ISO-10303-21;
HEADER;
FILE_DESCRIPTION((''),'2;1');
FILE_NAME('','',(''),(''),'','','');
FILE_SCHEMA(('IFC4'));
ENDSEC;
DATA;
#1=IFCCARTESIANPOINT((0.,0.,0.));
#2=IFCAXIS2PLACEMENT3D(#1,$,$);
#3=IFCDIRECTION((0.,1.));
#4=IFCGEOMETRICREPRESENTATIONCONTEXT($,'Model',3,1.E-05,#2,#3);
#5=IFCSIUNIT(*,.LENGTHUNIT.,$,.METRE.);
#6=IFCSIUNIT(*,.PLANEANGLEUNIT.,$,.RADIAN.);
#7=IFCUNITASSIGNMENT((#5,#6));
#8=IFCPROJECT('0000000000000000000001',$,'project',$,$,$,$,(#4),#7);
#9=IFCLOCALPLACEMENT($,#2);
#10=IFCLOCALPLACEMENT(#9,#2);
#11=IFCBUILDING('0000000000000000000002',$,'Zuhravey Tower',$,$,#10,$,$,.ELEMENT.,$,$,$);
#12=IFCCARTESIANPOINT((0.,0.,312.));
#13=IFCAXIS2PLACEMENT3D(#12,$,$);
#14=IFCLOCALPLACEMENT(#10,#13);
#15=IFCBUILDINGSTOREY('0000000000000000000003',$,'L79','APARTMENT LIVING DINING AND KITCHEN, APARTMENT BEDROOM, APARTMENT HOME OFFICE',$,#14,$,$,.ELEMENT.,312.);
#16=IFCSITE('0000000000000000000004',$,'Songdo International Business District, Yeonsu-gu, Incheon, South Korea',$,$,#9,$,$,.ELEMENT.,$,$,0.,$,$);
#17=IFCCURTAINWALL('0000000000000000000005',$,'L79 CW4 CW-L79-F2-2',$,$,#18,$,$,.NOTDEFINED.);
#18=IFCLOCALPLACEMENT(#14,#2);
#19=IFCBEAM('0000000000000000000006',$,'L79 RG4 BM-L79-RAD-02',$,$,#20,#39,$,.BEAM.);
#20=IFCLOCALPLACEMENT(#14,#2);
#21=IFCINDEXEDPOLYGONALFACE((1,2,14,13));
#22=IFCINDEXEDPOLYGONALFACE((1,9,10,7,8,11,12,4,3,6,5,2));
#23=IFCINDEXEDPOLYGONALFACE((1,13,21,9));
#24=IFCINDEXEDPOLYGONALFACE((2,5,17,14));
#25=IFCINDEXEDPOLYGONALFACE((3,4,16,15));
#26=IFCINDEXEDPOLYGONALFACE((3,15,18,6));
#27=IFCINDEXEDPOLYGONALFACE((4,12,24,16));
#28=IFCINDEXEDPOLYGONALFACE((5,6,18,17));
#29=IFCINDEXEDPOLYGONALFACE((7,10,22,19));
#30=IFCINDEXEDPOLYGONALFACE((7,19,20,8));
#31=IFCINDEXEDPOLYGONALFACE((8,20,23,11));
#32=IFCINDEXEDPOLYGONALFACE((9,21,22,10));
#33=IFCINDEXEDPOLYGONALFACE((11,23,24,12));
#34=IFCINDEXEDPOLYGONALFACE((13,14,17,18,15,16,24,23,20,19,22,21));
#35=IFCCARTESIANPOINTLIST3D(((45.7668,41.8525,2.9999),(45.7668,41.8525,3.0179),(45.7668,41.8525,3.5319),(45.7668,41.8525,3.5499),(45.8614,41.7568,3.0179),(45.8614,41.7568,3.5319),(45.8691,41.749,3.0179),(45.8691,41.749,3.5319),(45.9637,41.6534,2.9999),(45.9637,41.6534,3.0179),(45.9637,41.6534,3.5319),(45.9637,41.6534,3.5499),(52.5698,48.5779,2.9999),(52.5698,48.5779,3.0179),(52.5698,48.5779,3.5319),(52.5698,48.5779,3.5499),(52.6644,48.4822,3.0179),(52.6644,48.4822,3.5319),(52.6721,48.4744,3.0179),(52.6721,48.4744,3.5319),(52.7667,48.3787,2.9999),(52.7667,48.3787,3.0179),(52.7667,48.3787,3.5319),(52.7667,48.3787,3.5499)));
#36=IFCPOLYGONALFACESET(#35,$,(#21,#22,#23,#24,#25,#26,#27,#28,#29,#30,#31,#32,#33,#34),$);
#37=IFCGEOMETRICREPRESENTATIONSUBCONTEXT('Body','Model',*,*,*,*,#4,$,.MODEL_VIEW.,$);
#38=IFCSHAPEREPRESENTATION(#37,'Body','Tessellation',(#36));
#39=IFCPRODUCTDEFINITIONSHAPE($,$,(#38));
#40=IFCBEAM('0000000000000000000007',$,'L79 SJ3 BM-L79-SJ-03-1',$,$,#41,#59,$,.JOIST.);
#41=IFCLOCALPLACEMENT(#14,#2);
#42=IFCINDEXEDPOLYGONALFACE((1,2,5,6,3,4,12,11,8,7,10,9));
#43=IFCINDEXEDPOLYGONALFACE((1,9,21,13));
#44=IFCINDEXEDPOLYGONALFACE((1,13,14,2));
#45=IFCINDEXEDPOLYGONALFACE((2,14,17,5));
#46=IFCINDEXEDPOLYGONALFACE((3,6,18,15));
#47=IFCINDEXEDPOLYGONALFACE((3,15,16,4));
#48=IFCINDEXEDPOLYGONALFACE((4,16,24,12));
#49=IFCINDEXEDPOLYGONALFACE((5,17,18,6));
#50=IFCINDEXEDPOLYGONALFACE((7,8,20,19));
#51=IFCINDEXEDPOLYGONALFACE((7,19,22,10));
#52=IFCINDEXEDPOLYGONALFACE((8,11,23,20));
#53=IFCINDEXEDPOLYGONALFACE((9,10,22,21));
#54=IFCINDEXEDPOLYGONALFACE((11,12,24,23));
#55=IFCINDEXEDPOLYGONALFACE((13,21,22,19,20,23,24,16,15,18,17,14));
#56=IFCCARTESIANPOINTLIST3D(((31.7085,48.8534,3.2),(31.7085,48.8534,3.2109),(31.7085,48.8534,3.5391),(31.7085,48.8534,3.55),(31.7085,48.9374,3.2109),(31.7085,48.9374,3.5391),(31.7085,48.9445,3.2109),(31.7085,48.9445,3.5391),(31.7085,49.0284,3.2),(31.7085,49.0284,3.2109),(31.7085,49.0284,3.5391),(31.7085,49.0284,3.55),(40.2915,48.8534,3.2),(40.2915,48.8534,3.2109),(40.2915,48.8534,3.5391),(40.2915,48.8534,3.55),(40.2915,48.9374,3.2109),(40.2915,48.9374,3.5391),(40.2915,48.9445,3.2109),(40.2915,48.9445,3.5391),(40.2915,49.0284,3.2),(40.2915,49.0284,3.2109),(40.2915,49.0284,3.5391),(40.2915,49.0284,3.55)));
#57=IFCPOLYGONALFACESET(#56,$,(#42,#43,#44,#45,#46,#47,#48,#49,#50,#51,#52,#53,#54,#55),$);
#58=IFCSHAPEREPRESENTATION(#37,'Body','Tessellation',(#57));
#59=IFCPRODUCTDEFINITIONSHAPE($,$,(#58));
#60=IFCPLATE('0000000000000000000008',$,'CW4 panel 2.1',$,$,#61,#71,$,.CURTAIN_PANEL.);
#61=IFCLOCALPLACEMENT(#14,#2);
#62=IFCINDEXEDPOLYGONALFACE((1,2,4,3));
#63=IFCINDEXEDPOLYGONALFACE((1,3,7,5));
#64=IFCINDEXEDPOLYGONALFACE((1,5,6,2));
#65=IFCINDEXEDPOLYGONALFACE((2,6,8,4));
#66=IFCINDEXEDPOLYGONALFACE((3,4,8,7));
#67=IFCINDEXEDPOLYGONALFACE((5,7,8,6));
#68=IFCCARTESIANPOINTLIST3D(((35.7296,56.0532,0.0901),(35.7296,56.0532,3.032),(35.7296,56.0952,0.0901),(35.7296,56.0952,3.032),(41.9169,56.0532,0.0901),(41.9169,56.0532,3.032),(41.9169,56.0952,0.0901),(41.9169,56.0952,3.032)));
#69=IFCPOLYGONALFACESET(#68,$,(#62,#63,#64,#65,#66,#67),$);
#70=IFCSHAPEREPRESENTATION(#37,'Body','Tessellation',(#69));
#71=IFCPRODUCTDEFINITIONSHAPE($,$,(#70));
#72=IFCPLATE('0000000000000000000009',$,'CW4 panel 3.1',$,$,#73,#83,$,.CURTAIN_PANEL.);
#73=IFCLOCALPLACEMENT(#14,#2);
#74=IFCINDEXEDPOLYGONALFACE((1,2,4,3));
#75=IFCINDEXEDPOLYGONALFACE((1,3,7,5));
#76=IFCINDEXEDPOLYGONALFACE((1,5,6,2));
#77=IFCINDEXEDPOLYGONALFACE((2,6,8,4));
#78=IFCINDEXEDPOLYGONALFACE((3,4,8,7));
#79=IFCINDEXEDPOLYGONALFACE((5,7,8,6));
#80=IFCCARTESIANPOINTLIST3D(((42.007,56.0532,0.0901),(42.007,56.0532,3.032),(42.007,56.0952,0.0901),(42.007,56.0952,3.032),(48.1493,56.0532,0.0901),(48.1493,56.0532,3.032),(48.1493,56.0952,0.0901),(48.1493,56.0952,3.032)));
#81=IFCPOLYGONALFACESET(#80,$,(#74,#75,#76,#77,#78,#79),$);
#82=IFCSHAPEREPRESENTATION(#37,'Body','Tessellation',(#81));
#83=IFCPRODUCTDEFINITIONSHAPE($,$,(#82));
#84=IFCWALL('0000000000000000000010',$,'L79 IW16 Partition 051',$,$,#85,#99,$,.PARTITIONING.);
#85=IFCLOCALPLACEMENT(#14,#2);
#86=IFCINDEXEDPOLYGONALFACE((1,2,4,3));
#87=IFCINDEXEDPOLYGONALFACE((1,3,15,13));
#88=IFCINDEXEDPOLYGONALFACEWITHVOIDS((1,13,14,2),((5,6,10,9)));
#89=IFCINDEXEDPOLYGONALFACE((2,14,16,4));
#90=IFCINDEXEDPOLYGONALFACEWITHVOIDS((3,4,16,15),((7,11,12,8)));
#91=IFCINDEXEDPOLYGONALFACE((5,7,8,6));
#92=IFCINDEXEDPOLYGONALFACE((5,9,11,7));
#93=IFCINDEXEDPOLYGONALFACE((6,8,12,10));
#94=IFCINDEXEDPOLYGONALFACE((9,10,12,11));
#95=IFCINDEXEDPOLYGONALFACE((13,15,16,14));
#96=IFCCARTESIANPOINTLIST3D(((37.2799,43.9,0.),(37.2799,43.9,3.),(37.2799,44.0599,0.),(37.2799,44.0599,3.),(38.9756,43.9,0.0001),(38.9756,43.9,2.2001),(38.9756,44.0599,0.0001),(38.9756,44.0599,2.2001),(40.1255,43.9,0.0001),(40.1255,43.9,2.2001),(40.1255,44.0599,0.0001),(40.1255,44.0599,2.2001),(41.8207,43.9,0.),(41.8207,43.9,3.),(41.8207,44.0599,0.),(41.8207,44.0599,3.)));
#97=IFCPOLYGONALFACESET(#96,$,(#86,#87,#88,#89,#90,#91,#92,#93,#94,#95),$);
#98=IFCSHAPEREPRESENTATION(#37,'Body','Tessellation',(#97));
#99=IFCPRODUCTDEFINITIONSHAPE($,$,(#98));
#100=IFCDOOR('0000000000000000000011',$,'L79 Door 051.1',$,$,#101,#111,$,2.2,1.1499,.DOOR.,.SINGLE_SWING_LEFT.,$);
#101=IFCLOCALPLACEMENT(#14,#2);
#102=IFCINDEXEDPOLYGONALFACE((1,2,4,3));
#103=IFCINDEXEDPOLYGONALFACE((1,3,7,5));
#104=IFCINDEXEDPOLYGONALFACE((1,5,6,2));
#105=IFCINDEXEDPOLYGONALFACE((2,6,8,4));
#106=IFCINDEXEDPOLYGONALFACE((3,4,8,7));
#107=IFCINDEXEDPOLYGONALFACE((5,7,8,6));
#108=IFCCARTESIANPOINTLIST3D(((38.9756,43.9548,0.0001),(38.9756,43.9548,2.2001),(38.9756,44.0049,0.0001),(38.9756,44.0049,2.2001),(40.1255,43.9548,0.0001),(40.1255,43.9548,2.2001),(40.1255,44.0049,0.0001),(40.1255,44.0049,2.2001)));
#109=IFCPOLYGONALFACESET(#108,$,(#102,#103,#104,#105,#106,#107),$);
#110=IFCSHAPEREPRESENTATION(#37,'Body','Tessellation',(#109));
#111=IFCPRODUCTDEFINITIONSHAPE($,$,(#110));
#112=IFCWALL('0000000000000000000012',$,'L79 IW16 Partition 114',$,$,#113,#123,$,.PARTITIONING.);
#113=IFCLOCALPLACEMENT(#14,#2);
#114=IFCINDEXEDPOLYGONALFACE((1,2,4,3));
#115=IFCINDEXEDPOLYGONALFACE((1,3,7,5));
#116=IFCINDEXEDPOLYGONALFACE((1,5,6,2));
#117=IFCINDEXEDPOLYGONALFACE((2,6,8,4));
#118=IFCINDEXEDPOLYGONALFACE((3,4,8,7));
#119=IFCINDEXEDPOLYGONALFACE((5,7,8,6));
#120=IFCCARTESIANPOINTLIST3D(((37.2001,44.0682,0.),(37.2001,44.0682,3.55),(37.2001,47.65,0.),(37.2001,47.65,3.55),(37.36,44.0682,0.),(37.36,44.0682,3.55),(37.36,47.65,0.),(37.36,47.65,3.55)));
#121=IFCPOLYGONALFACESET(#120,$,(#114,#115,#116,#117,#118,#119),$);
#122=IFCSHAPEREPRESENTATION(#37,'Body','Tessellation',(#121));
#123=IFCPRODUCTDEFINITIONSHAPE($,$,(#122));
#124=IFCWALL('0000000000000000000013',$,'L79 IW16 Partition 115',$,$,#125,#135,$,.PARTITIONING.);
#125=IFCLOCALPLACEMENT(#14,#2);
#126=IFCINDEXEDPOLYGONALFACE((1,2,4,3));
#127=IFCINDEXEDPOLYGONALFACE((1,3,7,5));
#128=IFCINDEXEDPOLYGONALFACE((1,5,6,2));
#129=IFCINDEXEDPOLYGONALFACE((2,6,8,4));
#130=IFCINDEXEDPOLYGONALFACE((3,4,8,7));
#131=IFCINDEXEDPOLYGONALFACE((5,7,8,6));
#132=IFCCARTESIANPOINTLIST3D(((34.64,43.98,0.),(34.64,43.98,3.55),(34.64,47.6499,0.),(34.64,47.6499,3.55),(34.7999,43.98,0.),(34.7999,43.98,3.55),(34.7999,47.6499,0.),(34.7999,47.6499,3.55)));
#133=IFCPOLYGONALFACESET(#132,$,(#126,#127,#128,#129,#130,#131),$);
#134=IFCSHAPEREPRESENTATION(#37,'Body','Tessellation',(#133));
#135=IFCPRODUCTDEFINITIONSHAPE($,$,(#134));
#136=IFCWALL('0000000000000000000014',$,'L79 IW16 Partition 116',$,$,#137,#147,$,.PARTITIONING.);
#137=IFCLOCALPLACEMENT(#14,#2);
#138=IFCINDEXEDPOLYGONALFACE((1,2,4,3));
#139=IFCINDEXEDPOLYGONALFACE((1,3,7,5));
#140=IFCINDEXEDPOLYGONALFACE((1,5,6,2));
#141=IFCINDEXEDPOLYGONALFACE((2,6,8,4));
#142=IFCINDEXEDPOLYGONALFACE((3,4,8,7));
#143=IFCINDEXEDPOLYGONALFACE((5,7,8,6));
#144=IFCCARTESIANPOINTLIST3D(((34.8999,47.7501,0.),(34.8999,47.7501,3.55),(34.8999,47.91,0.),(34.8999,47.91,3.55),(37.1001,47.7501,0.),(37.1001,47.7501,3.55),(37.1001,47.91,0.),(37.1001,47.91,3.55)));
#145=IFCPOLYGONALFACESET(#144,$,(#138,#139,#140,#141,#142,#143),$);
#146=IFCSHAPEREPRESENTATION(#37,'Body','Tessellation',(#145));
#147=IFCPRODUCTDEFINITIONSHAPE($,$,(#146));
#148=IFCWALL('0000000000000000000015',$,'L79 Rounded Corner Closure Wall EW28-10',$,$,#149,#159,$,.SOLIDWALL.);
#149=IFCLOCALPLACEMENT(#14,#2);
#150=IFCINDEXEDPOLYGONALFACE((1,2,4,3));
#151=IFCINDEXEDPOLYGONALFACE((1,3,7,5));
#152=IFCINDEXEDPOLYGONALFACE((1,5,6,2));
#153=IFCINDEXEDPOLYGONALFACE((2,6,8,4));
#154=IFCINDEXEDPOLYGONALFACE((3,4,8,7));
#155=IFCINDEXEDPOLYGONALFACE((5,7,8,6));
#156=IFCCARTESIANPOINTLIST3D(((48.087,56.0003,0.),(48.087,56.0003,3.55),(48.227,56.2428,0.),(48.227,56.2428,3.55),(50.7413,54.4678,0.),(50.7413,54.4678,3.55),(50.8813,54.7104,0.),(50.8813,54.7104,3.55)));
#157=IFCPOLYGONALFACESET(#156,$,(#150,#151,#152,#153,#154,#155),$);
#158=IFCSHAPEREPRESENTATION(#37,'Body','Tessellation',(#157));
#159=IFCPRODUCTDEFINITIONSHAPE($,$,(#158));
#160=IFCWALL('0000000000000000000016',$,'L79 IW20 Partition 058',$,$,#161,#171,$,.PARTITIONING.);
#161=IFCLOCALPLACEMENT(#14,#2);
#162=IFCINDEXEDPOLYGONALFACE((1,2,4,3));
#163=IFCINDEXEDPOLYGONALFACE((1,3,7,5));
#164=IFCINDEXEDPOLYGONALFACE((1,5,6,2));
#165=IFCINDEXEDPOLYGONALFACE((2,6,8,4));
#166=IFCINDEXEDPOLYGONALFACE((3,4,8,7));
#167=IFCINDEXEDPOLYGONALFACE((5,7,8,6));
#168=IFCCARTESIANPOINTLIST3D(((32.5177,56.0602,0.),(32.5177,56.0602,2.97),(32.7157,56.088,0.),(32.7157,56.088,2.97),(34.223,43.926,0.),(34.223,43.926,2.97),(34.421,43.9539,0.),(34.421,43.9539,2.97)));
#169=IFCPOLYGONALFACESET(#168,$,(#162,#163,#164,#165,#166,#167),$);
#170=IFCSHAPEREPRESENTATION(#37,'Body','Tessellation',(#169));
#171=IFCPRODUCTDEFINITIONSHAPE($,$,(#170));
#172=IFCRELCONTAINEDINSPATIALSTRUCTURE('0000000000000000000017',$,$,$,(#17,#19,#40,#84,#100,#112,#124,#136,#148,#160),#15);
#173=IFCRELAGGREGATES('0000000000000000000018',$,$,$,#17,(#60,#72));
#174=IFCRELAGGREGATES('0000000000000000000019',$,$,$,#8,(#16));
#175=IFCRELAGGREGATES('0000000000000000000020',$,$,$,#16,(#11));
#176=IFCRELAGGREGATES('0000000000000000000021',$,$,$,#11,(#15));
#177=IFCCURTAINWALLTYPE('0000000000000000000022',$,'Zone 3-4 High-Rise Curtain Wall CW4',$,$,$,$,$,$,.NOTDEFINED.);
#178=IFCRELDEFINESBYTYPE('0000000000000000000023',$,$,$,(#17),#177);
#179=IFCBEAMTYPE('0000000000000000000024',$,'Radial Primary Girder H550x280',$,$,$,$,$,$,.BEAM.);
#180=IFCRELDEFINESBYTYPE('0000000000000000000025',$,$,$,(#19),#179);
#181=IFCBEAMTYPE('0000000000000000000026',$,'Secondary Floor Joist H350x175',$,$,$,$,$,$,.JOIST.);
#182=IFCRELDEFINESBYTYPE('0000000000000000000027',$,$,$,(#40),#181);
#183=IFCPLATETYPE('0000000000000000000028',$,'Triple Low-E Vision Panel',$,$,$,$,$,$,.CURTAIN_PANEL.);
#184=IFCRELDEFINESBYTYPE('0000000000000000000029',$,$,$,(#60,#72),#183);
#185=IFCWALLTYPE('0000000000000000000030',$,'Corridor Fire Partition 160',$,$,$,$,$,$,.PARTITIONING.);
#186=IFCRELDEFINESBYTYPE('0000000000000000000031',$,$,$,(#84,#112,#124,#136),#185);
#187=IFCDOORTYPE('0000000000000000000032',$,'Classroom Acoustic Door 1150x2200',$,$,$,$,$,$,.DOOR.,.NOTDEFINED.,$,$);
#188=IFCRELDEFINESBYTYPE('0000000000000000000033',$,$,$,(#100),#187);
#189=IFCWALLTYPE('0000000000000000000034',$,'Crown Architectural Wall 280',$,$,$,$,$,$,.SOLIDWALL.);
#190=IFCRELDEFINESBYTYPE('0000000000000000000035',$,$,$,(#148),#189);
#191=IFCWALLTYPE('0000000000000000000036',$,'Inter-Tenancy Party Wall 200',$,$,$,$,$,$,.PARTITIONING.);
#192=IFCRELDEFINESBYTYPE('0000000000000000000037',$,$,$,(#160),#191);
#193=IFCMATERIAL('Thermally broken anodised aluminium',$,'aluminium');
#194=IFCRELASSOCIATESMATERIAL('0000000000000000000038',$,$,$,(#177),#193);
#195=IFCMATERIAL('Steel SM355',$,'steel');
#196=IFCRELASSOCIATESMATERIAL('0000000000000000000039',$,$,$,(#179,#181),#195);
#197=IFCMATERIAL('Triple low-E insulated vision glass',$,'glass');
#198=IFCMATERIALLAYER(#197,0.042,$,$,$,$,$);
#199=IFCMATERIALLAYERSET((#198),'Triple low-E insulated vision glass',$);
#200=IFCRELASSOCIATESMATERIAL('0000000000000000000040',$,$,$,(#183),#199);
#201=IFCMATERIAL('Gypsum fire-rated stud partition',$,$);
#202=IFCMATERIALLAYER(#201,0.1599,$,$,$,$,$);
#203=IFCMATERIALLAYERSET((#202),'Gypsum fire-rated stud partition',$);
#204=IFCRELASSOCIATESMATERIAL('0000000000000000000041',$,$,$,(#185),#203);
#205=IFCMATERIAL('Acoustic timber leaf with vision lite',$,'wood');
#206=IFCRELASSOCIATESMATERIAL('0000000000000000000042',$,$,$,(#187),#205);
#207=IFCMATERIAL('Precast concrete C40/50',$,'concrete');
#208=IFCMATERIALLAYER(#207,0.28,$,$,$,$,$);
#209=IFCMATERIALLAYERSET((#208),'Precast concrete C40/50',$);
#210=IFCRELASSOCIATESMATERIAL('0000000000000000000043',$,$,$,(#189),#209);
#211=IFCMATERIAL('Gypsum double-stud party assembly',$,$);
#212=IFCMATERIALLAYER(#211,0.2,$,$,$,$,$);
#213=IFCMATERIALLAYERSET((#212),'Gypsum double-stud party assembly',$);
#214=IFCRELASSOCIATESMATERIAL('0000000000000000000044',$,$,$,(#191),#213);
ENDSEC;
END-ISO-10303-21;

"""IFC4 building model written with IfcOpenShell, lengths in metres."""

from ifc_helpers import new_model, si_unit, direction, frame, frame_2d, origin, origin_2d, place, context, subcontext, project, spatial, rectangle, i_section, extrude, material, layer, layer_set, material_profile, profile_set, type_object, element, fill, aggregate, save


model = new_model("IFC4")

# Units and contexts
model_context = context("Model", 3, precision=1e-05, world=origin(), true_north=direction((0.0, 1.0)))
body_context = subcontext(model_context, "Body", "Model", "MODEL_VIEW")
ifc_project = project(units=[si_unit("LENGTHUNIT", "METRE"), si_unit("PLANEANGLEUNIT", "RADIAN")], contexts=[model_context])

# Site, building, storey
site_placement = place(None, origin())
site = spatial("IfcSite", under=ifc_project, at=site_placement, Name="Songdo International Business District, Yeonsu-gu, Incheon, South Korea", CompositionType="ELEMENT", RefElevation=0.0)
building_placement = place(site_placement, origin())
building = spatial("IfcBuilding", under=site, at=building_placement, Name="Zuhravey Tower", CompositionType="ELEMENT")
storey_placement = place(building_placement, frame((0.0, 0.0, 312.0)))
storey = spatial("IfcBuildingStorey", under=building, at=storey_placement, Name="L79", Description="APARTMENT LIVING DINING AND KITCHEN, APARTMENT BEDROOM, APARTMENT HOME OFFICE", CompositionType="ELEMENT", Elevation=312.0)

# Curtain wall
ifc_material_1 = material(Name="Thermally broken anodised aluminium", Category="aluminium")
curtain_wall_type = type_object("IfcCurtainWallType", Name="Zone 3-4 High-Rise Curtain Wall CW4", PredefinedType="NOTDEFINED", material=ifc_material_1)
curtain_wall_placement = place(storey_placement, origin())
curtain_wall = element("IfcCurtainWall", 1, at=curtain_wall_placement, inside=storey, type_object=curtain_wall_type, Name="L79 CW4 CW-L79-F2-2", PredefinedType="NOTDEFINED")

# Beams
ifc_material_2 = material(Name="Steel SM355", Category="steel")
ifc_material_profile_1 = material_profile(ifc_material_2, i_section(OverallWidth=0.28, OverallDepth=0.55, WebThickness=0.011, FlangeThickness=0.0181, at=origin_2d()), Name="H-550x280x11x18")
ifc_profile_set_1 = profile_set([ifc_material_profile_1], Name="Steel SM355")
beam_type_1 = type_object("IfcBeamType", Name="Radial Primary Girder H550x280", PredefinedType="BEAM", material=ifc_profile_set_1)
beam_1_placement = place(storey_placement, frame((45.8652, 41.7529, 3.2749), z_axis=(0.711153, 0.703037, 0.0), x_axis=(-0.703037, 0.711153, 0.0)))
element("IfcBeam", 2, at=beam_1_placement, inside=storey, type_object=beam_type_1, Name="L79 RG4 BM-L79-RAD-02", PredefinedType="BEAM", context=body_context, shape_type="SweptSolid", body=[
    extrude(i_section(OverallWidth=0.28, OverallDepth=0.55, WebThickness=0.011, FlangeThickness=0.0181, at=origin_2d()), origin(), (0.0, 0.0, 1.0), 9.5662),
])
ifc_material_profile_2 = material_profile(ifc_material_2, i_section(OverallWidth=0.175, OverallDepth=0.3501, WebThickness=0.0071, FlangeThickness=0.011, at=origin_2d()), Name="H-350x175x7x11")
ifc_profile_set_2 = profile_set([ifc_material_profile_2], Name="Steel SM355")
beam_type_2 = type_object("IfcBeamType", Name="Secondary Floor Joist H350x175", PredefinedType="JOIST", material=ifc_profile_set_2)
beam_2_placement = place(storey_placement, frame((40.2915, 48.9409, 3.375), z_axis=(-1.0, 0.0, 0.0), x_axis=(0.0, -1.0, 0.0)))
element("IfcBeam", 3, at=beam_2_placement, inside=storey, type_object=beam_type_2, Name="L79 SJ3 BM-L79-SJ-03-1", PredefinedType="JOIST", context=body_context, shape_type="SweptSolid", body=[
    extrude(i_section(OverallWidth=0.175, OverallDepth=0.3501, WebThickness=0.0071, FlangeThickness=0.011, at=origin_2d()), origin(), (0.0, 0.0, 1.0), 8.583),
])

# Plates
ifc_material_3 = material(Name="Triple low-E insulated vision glass", Category="glass")
ifc_layer_1 = layer(ifc_material_3, 0.042)
ifc_layer_set_1 = layer_set([ifc_layer_1], Name="Triple low-E insulated vision glass")
plate_type = type_object("IfcPlateType", Name="Triple Low-E Vision Panel", PredefinedType="CURTAIN_PANEL", material=ifc_layer_set_1)
plate_1_placement = place(storey_placement, frame((38.8232, 56.0742, 0.0901), z_axis=(0.0, 0.0, 1.0), x_axis=(1.0, 0.0, 0.0)))
plate_1 = element("IfcPlate", 4, at=plate_1_placement, type_object=plate_type, Name="CW4 panel 2.1", PredefinedType="CURTAIN_PANEL", context=body_context, shape_type="SweptSolid", body=[
    extrude(rectangle(XDim=6.1873, YDim=0.042, at=origin_2d()), origin(), (0.0, 0.0, 1.0), 2.9419),
])
plate_2_placement = place(storey_placement, frame((45.0781, 56.0742, 0.0901), z_axis=(0.0, 0.0, 1.0), x_axis=(1.0, 0.0, 0.0)))
plate_2 = element("IfcPlate", 5, at=plate_2_placement, type_object=plate_type, Name="CW4 panel 3.1", PredefinedType="CURTAIN_PANEL", context=body_context, shape_type="SweptSolid", body=[
    extrude(rectangle(XDim=6.1423, YDim=0.042, at=origin_2d()), origin(), (0.0, 0.0, 1.0), 2.9419),
])
aggregate(curtain_wall, [plate_1, plate_2])

# Wall, opening, door
ifc_material_4 = material(Name="Gypsum fire-rated stud partition")
ifc_layer_2 = layer(ifc_material_4, 0.1599)
ifc_layer_set_2 = layer_set([ifc_layer_2], Name="Gypsum fire-rated stud partition")
wall_type_1 = type_object("IfcWallType", Name="Corridor Fire Partition 160", PredefinedType="PARTITIONING", material=ifc_layer_set_2)
wall_1_placement = place(storey_placement, frame((41.8208, 43.98, 0.0), z_axis=(0.0, 0.0, 1.0), x_axis=(-1.0, 0.0, 0.0)))
wall_1 = element("IfcWall", 6, at=wall_1_placement, inside=storey, type_object=wall_type_1, Name="L79 IW16 Partition 051", PredefinedType="PARTITIONING", context=body_context, shape_type="SweptSolid", body=[
    extrude(rectangle(XDim=4.5408, YDim=0.1599, at=frame_2d((2.2705, 0.0))), origin(), (0.0, 0.0, 1.0), 3.0),
])
opening_placement = place(wall_1_placement, frame((1.6953, 0.0, 0.0)))
opening = element("IfcOpeningElement", 7, at=opening_placement, cuts=wall_1, PredefinedType="OPENING", context=body_context, shape_type="SweptSolid", body=[
    extrude(rectangle(XDim=1.1499, YDim=2.2, at=frame_2d((0.575, 1.1001))), frame((0.0, 0.092, 0.0), z_axis=(0.0, -1.0, 0.0), x_axis=(1.0, 0.0, 0.0)), (0.0, 0.0, 1.0), 0.1838),
])
ifc_material_5 = material(Name="Acoustic timber leaf with vision lite", Category="wood")
door_type = type_object("IfcDoorType", Name="Classroom Acoustic Door 1150x2200", OperationType="NOTDEFINED", PredefinedType="DOOR", material=ifc_material_5)
door_placement = place(opening_placement, frame((1.1499, 0.0, 0.0), z_axis=(0.0, 0.0, 1.0), x_axis=(-1.0, 0.0, 0.0)))
door = element("IfcDoor", 8, at=door_placement, inside=storey, type_object=door_type, Name="L79 Door 051.1", OperationType="SINGLE_SWING_LEFT", OverallHeight=2.2, OverallWidth=1.1499, PredefinedType="DOOR", context=body_context, shape_type="SweptSolid", body=[
    extrude(rectangle(XDim=1.1499, YDim=2.2, at=frame_2d((0.575, 1.1001))), frame((0.0, 0.0249, 0.0), z_axis=(0.0, -1.0, 0.0), x_axis=(1.0, 0.0, 0.0)), (0.0, 0.0, 1.0), 0.05),
])
fill(opening, door)

# Walls
wall_2_placement = place(storey_placement, frame((37.28, 44.0681, 0.0), z_axis=(0.0, 0.0, 1.0), x_axis=(0.0, 1.0, 0.0)))
element("IfcWall", 9, at=wall_2_placement, inside=storey, type_object=wall_type_1, Name="L79 IW16 Partition 114", PredefinedType="PARTITIONING", context=body_context, shape_type="SweptSolid", body=[
    extrude(rectangle(XDim=3.5818, YDim=0.1599, at=frame_2d((1.791, 0.0))), origin(), (0.0, 0.0, 1.0), 3.55),
])
wall_3_placement = place(storey_placement, frame((34.72, 47.6499, 0.0), z_axis=(0.0, 0.0, 1.0), x_axis=(0.0, -1.0, 0.0)))
element("IfcWall", 10, at=wall_3_placement, inside=storey, type_object=wall_type_1, Name="L79 IW16 Partition 115", PredefinedType="PARTITIONING", context=body_context, shape_type="SweptSolid", body=[
    extrude(rectangle(XDim=3.6699, YDim=0.1599, at=frame_2d((1.835, 0.0))), origin(), (0.0, 0.0, 1.0), 3.55),
])
wall_4_placement = place(storey_placement, frame((37.1001, 47.8301, 0.0), z_axis=(0.0, 0.0, 1.0), x_axis=(-1.0, 0.0, 0.0)))
element("IfcWall", 11, at=wall_4_placement, inside=storey, type_object=wall_type_1, Name="L79 IW16 Partition 116", PredefinedType="PARTITIONING", context=body_context, shape_type="SweptSolid", body=[
    extrude(rectangle(XDim=2.2002, YDim=0.1599, at=frame_2d((1.1001, 0.0))), origin(), (0.0, 0.0, 1.0), 3.55),
])
ifc_material_6 = material(Name="Precast concrete C40/50", Category="concrete")
ifc_layer_3 = layer(ifc_material_6, 0.28)
ifc_layer_set_3 = layer_set([ifc_layer_3], Name="Precast concrete C40/50")
wall_type_2 = type_object("IfcWallType", Name="Crown Architectural Wall 280", PredefinedType="SOLIDWALL", material=ifc_layer_set_3)
wall_5_placement = place(storey_placement, frame((48.157, 56.1216, 0.0), z_axis=(0.0, 0.0, 1.0), x_axis=(0.866024, -0.500003, 0.0)))
element("IfcWall", 12, at=wall_5_placement, inside=storey, type_object=wall_type_2, Name="L79 Rounded Corner Closure Wall EW28-10", PredefinedType="SOLIDWALL", context=body_context, shape_type="SweptSolid", body=[
    extrude(rectangle(XDim=3.0649, YDim=0.28, at=frame_2d((1.5325, 0.0))), origin(), (0.0, 0.0, 1.0), 3.55),
])
ifc_material_7 = material(Name="Gypsum double-stud party assembly")
ifc_layer_4 = layer(ifc_material_7, 0.2)
ifc_layer_set_4 = layer_set([ifc_layer_4], Name="Gypsum double-stud party assembly")
wall_type_3 = type_object("IfcWallType", Name="Inter-Tenancy Party Wall 200", PredefinedType="PARTITIONING", material=ifc_layer_set_4)
wall_6_placement = place(storey_placement, frame((34.322, 43.9399, 0.0), z_axis=(0.0, 0.0, 1.0), x_axis=(-0.13917, 0.990269, 0.0)))
element("IfcWall", 13, at=wall_6_placement, inside=storey, type_object=wall_type_3, Name="L79 IW20 Partition 058", PredefinedType="PARTITIONING", context=body_context, shape_type="SweptSolid", body=[
    extrude(rectangle(XDim=12.2534, YDim=0.2, at=frame_2d((6.1267, 0.0))), origin(), (0.0, 0.0, 1.0), 2.97),
])

save(model, "model.ifc")
